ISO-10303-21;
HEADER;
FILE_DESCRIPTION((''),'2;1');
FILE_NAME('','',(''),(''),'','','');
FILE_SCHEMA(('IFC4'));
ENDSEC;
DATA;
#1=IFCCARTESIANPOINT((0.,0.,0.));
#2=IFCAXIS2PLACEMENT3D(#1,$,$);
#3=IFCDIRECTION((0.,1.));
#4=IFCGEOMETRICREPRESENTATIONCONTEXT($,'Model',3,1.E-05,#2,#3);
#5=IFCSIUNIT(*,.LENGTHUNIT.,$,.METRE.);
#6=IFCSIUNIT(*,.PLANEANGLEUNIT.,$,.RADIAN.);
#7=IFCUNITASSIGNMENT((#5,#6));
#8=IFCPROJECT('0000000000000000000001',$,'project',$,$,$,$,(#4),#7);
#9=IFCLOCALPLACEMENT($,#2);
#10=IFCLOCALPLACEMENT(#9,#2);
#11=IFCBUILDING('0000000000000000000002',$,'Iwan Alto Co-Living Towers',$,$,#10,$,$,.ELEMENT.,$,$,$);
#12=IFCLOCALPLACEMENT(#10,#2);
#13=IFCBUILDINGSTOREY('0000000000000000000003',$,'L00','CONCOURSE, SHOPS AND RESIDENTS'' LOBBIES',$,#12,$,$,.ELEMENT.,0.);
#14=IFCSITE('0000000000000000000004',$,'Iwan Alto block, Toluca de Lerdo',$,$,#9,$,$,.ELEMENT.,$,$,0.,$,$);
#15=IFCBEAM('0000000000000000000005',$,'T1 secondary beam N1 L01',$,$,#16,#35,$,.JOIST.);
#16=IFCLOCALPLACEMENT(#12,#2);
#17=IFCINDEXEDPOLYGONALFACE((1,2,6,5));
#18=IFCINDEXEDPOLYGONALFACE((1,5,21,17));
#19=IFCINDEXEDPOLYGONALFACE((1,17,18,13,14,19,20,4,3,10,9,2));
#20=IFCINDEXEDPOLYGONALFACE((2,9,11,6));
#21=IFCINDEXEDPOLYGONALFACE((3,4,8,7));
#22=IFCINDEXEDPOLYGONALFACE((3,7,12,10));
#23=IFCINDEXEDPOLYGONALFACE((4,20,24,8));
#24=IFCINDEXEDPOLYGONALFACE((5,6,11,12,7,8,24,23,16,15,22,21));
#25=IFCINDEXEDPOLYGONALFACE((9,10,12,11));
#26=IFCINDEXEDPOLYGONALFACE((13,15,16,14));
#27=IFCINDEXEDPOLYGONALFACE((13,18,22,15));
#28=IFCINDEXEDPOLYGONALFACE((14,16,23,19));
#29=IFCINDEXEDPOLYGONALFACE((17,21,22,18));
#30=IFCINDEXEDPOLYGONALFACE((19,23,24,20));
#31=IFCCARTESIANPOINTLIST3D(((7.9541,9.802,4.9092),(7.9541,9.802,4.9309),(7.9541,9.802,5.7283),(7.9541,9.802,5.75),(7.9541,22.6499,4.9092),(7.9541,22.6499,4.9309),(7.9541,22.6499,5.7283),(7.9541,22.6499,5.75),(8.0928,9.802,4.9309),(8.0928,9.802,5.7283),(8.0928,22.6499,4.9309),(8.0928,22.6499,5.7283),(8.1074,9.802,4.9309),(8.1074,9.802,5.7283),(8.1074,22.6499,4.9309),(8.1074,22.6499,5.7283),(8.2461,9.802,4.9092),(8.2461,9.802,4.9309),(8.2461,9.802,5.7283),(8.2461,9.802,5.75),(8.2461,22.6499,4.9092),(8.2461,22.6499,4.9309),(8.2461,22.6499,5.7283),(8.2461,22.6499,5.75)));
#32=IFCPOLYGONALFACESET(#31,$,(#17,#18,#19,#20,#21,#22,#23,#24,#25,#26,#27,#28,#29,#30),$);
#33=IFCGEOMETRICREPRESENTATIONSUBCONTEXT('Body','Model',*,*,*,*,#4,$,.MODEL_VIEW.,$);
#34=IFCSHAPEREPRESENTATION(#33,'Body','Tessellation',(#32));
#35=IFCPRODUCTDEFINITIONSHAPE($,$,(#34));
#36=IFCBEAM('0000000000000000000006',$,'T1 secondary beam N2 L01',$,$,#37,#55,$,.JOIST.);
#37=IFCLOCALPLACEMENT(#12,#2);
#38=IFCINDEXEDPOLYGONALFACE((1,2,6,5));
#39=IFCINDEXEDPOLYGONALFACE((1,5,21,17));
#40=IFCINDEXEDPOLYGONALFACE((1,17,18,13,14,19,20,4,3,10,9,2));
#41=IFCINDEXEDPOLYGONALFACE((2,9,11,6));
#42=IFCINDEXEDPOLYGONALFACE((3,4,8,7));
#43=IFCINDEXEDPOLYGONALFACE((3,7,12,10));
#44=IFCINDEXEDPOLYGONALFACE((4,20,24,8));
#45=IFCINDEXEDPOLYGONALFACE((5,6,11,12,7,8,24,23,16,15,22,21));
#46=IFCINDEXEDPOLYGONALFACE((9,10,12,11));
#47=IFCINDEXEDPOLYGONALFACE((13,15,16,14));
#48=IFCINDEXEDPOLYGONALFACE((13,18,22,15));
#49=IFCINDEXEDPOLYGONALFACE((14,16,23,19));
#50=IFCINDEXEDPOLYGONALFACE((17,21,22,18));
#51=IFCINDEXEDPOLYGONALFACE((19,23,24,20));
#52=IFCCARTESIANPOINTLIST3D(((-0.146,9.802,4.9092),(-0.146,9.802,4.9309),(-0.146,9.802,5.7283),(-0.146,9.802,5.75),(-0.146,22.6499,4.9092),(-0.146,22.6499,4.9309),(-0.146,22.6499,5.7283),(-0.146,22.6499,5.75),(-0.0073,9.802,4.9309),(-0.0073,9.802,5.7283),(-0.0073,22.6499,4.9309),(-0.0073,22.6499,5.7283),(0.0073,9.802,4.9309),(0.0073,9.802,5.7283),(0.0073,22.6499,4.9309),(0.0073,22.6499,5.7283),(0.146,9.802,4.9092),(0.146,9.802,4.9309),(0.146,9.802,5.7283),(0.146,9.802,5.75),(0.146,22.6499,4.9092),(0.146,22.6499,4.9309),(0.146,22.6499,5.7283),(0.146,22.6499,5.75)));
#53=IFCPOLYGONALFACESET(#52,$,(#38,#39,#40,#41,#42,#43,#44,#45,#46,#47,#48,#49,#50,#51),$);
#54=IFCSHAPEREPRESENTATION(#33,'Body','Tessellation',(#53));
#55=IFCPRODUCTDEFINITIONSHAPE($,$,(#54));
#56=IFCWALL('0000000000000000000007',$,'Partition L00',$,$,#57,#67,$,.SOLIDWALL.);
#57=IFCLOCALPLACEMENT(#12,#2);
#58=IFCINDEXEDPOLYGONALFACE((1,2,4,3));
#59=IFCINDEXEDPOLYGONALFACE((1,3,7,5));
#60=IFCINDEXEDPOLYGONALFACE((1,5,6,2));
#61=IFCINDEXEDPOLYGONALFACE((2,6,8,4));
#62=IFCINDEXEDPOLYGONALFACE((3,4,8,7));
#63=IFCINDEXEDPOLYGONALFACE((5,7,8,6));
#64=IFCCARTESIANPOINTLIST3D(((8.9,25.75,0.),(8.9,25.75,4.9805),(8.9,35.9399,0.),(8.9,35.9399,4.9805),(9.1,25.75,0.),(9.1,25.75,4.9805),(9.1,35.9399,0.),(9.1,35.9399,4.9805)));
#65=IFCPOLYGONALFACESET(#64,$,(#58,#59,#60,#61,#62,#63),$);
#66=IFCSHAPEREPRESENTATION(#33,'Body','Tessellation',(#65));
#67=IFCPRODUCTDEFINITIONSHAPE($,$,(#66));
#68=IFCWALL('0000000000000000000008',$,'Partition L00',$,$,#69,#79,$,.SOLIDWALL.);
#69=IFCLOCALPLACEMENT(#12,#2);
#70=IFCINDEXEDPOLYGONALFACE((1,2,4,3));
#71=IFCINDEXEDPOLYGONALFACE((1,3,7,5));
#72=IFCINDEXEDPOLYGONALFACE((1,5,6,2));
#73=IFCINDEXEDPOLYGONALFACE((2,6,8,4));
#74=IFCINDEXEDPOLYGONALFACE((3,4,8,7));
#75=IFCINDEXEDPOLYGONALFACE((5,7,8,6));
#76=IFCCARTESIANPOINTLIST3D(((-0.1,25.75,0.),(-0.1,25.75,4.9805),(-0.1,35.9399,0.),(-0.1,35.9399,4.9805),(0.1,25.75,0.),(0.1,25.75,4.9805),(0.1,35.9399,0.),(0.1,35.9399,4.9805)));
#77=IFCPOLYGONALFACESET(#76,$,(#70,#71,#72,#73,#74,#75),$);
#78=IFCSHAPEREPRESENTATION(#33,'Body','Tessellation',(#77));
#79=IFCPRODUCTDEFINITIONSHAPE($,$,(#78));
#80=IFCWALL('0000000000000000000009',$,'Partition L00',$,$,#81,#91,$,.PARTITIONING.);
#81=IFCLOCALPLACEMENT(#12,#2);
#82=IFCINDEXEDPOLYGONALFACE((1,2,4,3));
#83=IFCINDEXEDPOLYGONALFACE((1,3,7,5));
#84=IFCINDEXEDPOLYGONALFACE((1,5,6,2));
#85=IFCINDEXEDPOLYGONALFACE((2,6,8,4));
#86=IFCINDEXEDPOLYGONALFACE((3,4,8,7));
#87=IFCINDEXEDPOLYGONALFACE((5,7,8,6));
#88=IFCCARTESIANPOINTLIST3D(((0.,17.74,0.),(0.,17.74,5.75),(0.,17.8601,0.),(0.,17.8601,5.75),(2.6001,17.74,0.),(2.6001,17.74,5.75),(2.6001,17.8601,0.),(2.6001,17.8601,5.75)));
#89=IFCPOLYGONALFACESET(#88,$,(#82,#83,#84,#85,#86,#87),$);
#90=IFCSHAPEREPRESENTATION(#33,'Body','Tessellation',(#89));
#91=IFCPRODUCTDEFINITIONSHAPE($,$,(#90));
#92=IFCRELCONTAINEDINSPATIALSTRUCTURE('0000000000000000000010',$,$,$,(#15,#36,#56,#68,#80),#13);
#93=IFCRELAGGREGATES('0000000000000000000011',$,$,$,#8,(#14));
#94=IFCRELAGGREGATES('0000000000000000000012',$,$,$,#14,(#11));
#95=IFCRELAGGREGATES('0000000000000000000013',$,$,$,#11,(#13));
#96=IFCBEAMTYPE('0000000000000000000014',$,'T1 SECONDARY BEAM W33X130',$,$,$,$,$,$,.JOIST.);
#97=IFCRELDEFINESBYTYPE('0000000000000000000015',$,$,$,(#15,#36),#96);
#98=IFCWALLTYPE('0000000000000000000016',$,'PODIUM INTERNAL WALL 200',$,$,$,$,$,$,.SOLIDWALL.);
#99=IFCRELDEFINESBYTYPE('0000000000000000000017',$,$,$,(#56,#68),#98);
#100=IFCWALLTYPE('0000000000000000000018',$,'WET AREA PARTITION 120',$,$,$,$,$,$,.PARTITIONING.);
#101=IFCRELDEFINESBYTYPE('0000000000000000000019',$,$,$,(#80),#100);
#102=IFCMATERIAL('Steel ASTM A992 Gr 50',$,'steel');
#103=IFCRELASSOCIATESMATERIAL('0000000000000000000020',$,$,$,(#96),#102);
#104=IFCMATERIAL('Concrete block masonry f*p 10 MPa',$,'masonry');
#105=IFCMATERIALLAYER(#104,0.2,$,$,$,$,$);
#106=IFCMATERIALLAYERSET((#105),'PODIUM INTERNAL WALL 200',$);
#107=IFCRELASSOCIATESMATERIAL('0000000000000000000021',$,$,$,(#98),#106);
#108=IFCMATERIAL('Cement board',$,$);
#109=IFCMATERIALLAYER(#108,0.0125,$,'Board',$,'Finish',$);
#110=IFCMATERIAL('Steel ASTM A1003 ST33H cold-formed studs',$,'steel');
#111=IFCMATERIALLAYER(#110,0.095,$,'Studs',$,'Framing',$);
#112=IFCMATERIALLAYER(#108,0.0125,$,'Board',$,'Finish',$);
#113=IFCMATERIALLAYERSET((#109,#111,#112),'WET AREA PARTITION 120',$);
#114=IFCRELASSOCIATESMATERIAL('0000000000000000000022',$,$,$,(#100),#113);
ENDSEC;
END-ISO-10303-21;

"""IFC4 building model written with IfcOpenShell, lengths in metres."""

from ifc_helpers import new_model, si_unit, direction, frame, frame_2d, origin, origin_2d, place, context, subcontext, project, spatial, rectangle, i_section, extrude, material, layer, layer_set, material_profile, profile_set, type_object, element, save


model = new_model("IFC4")

# Units and contexts
model_context = context("Model", 3, precision=1e-05, world=origin(), true_north=direction((0.0, 1.0)))
body_context = subcontext(model_context, "Body", "Model", "MODEL_VIEW")
ifc_project = project(units=[si_unit("LENGTHUNIT", "METRE"), si_unit("PLANEANGLEUNIT", "RADIAN")], contexts=[model_context])

# Site, building, storey
site_placement = place(None, origin())
site = spatial("IfcSite", under=ifc_project, at=site_placement, Name="Iwan Alto block, Toluca de Lerdo", CompositionType="ELEMENT", RefElevation=0.0)
building_placement = place(site_placement, origin())
building = spatial("IfcBuilding", under=site, at=building_placement, Name="Iwan Alto Co-Living Towers", CompositionType="ELEMENT")
storey_placement = place(building_placement, origin())
storey = spatial("IfcBuildingStorey", under=building, at=storey_placement, Name="L00", Description="CONCOURSE, SHOPS AND RESIDENTS' LOBBIES", CompositionType="ELEMENT", Elevation=0.0)

# Beams
ifc_material_1 = material(Name="Steel ASTM A992 Gr 50", Category="steel")
ifc_material_profile_1 = material_profile(ifc_material_1, i_section(OverallWidth=0.292, OverallDepth=0.8408, WebThickness=0.0146, FlangeThickness=0.0217, at=origin_2d()), Name="W33X130")
ifc_profile_set_1 = profile_set([ifc_material_profile_1], Name="Steel ASTM A992 Gr 50")
beam_type_1 = type_object("IfcBeamType", Name="T1 SECONDARY BEAM W33X130", PredefinedType="JOIST", material=ifc_profile_set_1)
for number, where, z_axis, x_axis, name in (
    (1, (8.1001, 22.6499, 5.3296), (0.0, -1.0, 0.0), (1.0, 0.0, 0.0), "T1 secondary beam N1 L01"),
    (2, (0.0, 22.6499, 5.3296), (0.0, -1.0, 0.0), (1.0, 0.0, 0.0), "T1 secondary beam N2 L01"),
):
    element("IfcBeam", number, at=place(storey_placement, frame(where, z_axis=z_axis, x_axis=x_axis)), inside=storey, type_object=beam_type_1, Name=name, PredefinedType="JOIST", context=body_context, shape_type="SweptSolid", body=[
        extrude(i_section(OverallWidth=0.292, OverallDepth=0.8408, WebThickness=0.0146, FlangeThickness=0.0217, at=origin_2d()), origin(), (0.0, 0.0, 1.0), 12.8479),
    ])

# Walls
ifc_material_2 = material(Name="Concrete block masonry f*p 10 MPa", Category="masonry")
ifc_layer_1 = layer(ifc_material_2, 0.2)
ifc_layer_set_1 = layer_set([ifc_layer_1], Name="PODIUM INTERNAL WALL 200")
wall_type_1 = type_object("IfcWallType", Name="PODIUM INTERNAL WALL 200", PredefinedType="SOLIDWALL", material=ifc_layer_set_1)
for number, where, z_axis, x_axis, name in (
    (3, (9.0, 25.75, 0.0), (0.0, 0.0, 1.0), (0.0, 1.0, 0.0), "Partition L00"),
    (4, (0.0, 25.75, 0.0), (0.0, 0.0, 1.0), (0.0, 1.0, 0.0), "Partition L00"),
):
    element("IfcWall", number, at=place(storey_placement, frame(where, z_axis=z_axis, x_axis=x_axis)), inside=storey, type_object=wall_type_1, Name=name, PredefinedType="SOLIDWALL", context=body_context, shape_type="SweptSolid", body=[
        extrude(rectangle(XDim=10.1899, YDim=0.2, at=frame_2d((5.095, 0.0))), origin(), (0.0, 0.0, 1.0), 4.9805),
    ])
ifc_material_3 = material(Name="Cement board")
ifc_layer_2 = layer(ifc_material_3, 0.0125, Name="Board", Category="Finish")
ifc_material_4 = material(Name="Steel ASTM A1003 ST33H cold-formed studs", Category="steel")
ifc_layer_3 = layer(ifc_material_4, 0.095, Name="Studs", Category="Framing")
ifc_layer_4 = layer(ifc_material_3, 0.0125, Name="Board", Category="Finish")
ifc_layer_set_2 = layer_set([ifc_layer_2, ifc_layer_3, ifc_layer_4], Name="WET AREA PARTITION 120")
wall_type_2 = type_object("IfcWallType", Name="WET AREA PARTITION 120", PredefinedType="PARTITIONING", material=ifc_layer_set_2)
wall_placement = place(storey_placement, frame((0.0, 17.8, 0.0), z_axis=(0.0, 0.0, 1.0), x_axis=(1.0, 0.0, 0.0)))
element("IfcWall", 5, at=wall_placement, inside=storey, type_object=wall_type_2, Name="Partition L00", PredefinedType="PARTITIONING", context=body_context, shape_type="SweptSolid", body=[
    extrude(rectangle(XDim=2.6001, YDim=0.1201, at=frame_2d((1.3, 0.0))), origin(), (0.0, 0.0, 1.0), 5.75),
])

save(model, "model.ifc")
